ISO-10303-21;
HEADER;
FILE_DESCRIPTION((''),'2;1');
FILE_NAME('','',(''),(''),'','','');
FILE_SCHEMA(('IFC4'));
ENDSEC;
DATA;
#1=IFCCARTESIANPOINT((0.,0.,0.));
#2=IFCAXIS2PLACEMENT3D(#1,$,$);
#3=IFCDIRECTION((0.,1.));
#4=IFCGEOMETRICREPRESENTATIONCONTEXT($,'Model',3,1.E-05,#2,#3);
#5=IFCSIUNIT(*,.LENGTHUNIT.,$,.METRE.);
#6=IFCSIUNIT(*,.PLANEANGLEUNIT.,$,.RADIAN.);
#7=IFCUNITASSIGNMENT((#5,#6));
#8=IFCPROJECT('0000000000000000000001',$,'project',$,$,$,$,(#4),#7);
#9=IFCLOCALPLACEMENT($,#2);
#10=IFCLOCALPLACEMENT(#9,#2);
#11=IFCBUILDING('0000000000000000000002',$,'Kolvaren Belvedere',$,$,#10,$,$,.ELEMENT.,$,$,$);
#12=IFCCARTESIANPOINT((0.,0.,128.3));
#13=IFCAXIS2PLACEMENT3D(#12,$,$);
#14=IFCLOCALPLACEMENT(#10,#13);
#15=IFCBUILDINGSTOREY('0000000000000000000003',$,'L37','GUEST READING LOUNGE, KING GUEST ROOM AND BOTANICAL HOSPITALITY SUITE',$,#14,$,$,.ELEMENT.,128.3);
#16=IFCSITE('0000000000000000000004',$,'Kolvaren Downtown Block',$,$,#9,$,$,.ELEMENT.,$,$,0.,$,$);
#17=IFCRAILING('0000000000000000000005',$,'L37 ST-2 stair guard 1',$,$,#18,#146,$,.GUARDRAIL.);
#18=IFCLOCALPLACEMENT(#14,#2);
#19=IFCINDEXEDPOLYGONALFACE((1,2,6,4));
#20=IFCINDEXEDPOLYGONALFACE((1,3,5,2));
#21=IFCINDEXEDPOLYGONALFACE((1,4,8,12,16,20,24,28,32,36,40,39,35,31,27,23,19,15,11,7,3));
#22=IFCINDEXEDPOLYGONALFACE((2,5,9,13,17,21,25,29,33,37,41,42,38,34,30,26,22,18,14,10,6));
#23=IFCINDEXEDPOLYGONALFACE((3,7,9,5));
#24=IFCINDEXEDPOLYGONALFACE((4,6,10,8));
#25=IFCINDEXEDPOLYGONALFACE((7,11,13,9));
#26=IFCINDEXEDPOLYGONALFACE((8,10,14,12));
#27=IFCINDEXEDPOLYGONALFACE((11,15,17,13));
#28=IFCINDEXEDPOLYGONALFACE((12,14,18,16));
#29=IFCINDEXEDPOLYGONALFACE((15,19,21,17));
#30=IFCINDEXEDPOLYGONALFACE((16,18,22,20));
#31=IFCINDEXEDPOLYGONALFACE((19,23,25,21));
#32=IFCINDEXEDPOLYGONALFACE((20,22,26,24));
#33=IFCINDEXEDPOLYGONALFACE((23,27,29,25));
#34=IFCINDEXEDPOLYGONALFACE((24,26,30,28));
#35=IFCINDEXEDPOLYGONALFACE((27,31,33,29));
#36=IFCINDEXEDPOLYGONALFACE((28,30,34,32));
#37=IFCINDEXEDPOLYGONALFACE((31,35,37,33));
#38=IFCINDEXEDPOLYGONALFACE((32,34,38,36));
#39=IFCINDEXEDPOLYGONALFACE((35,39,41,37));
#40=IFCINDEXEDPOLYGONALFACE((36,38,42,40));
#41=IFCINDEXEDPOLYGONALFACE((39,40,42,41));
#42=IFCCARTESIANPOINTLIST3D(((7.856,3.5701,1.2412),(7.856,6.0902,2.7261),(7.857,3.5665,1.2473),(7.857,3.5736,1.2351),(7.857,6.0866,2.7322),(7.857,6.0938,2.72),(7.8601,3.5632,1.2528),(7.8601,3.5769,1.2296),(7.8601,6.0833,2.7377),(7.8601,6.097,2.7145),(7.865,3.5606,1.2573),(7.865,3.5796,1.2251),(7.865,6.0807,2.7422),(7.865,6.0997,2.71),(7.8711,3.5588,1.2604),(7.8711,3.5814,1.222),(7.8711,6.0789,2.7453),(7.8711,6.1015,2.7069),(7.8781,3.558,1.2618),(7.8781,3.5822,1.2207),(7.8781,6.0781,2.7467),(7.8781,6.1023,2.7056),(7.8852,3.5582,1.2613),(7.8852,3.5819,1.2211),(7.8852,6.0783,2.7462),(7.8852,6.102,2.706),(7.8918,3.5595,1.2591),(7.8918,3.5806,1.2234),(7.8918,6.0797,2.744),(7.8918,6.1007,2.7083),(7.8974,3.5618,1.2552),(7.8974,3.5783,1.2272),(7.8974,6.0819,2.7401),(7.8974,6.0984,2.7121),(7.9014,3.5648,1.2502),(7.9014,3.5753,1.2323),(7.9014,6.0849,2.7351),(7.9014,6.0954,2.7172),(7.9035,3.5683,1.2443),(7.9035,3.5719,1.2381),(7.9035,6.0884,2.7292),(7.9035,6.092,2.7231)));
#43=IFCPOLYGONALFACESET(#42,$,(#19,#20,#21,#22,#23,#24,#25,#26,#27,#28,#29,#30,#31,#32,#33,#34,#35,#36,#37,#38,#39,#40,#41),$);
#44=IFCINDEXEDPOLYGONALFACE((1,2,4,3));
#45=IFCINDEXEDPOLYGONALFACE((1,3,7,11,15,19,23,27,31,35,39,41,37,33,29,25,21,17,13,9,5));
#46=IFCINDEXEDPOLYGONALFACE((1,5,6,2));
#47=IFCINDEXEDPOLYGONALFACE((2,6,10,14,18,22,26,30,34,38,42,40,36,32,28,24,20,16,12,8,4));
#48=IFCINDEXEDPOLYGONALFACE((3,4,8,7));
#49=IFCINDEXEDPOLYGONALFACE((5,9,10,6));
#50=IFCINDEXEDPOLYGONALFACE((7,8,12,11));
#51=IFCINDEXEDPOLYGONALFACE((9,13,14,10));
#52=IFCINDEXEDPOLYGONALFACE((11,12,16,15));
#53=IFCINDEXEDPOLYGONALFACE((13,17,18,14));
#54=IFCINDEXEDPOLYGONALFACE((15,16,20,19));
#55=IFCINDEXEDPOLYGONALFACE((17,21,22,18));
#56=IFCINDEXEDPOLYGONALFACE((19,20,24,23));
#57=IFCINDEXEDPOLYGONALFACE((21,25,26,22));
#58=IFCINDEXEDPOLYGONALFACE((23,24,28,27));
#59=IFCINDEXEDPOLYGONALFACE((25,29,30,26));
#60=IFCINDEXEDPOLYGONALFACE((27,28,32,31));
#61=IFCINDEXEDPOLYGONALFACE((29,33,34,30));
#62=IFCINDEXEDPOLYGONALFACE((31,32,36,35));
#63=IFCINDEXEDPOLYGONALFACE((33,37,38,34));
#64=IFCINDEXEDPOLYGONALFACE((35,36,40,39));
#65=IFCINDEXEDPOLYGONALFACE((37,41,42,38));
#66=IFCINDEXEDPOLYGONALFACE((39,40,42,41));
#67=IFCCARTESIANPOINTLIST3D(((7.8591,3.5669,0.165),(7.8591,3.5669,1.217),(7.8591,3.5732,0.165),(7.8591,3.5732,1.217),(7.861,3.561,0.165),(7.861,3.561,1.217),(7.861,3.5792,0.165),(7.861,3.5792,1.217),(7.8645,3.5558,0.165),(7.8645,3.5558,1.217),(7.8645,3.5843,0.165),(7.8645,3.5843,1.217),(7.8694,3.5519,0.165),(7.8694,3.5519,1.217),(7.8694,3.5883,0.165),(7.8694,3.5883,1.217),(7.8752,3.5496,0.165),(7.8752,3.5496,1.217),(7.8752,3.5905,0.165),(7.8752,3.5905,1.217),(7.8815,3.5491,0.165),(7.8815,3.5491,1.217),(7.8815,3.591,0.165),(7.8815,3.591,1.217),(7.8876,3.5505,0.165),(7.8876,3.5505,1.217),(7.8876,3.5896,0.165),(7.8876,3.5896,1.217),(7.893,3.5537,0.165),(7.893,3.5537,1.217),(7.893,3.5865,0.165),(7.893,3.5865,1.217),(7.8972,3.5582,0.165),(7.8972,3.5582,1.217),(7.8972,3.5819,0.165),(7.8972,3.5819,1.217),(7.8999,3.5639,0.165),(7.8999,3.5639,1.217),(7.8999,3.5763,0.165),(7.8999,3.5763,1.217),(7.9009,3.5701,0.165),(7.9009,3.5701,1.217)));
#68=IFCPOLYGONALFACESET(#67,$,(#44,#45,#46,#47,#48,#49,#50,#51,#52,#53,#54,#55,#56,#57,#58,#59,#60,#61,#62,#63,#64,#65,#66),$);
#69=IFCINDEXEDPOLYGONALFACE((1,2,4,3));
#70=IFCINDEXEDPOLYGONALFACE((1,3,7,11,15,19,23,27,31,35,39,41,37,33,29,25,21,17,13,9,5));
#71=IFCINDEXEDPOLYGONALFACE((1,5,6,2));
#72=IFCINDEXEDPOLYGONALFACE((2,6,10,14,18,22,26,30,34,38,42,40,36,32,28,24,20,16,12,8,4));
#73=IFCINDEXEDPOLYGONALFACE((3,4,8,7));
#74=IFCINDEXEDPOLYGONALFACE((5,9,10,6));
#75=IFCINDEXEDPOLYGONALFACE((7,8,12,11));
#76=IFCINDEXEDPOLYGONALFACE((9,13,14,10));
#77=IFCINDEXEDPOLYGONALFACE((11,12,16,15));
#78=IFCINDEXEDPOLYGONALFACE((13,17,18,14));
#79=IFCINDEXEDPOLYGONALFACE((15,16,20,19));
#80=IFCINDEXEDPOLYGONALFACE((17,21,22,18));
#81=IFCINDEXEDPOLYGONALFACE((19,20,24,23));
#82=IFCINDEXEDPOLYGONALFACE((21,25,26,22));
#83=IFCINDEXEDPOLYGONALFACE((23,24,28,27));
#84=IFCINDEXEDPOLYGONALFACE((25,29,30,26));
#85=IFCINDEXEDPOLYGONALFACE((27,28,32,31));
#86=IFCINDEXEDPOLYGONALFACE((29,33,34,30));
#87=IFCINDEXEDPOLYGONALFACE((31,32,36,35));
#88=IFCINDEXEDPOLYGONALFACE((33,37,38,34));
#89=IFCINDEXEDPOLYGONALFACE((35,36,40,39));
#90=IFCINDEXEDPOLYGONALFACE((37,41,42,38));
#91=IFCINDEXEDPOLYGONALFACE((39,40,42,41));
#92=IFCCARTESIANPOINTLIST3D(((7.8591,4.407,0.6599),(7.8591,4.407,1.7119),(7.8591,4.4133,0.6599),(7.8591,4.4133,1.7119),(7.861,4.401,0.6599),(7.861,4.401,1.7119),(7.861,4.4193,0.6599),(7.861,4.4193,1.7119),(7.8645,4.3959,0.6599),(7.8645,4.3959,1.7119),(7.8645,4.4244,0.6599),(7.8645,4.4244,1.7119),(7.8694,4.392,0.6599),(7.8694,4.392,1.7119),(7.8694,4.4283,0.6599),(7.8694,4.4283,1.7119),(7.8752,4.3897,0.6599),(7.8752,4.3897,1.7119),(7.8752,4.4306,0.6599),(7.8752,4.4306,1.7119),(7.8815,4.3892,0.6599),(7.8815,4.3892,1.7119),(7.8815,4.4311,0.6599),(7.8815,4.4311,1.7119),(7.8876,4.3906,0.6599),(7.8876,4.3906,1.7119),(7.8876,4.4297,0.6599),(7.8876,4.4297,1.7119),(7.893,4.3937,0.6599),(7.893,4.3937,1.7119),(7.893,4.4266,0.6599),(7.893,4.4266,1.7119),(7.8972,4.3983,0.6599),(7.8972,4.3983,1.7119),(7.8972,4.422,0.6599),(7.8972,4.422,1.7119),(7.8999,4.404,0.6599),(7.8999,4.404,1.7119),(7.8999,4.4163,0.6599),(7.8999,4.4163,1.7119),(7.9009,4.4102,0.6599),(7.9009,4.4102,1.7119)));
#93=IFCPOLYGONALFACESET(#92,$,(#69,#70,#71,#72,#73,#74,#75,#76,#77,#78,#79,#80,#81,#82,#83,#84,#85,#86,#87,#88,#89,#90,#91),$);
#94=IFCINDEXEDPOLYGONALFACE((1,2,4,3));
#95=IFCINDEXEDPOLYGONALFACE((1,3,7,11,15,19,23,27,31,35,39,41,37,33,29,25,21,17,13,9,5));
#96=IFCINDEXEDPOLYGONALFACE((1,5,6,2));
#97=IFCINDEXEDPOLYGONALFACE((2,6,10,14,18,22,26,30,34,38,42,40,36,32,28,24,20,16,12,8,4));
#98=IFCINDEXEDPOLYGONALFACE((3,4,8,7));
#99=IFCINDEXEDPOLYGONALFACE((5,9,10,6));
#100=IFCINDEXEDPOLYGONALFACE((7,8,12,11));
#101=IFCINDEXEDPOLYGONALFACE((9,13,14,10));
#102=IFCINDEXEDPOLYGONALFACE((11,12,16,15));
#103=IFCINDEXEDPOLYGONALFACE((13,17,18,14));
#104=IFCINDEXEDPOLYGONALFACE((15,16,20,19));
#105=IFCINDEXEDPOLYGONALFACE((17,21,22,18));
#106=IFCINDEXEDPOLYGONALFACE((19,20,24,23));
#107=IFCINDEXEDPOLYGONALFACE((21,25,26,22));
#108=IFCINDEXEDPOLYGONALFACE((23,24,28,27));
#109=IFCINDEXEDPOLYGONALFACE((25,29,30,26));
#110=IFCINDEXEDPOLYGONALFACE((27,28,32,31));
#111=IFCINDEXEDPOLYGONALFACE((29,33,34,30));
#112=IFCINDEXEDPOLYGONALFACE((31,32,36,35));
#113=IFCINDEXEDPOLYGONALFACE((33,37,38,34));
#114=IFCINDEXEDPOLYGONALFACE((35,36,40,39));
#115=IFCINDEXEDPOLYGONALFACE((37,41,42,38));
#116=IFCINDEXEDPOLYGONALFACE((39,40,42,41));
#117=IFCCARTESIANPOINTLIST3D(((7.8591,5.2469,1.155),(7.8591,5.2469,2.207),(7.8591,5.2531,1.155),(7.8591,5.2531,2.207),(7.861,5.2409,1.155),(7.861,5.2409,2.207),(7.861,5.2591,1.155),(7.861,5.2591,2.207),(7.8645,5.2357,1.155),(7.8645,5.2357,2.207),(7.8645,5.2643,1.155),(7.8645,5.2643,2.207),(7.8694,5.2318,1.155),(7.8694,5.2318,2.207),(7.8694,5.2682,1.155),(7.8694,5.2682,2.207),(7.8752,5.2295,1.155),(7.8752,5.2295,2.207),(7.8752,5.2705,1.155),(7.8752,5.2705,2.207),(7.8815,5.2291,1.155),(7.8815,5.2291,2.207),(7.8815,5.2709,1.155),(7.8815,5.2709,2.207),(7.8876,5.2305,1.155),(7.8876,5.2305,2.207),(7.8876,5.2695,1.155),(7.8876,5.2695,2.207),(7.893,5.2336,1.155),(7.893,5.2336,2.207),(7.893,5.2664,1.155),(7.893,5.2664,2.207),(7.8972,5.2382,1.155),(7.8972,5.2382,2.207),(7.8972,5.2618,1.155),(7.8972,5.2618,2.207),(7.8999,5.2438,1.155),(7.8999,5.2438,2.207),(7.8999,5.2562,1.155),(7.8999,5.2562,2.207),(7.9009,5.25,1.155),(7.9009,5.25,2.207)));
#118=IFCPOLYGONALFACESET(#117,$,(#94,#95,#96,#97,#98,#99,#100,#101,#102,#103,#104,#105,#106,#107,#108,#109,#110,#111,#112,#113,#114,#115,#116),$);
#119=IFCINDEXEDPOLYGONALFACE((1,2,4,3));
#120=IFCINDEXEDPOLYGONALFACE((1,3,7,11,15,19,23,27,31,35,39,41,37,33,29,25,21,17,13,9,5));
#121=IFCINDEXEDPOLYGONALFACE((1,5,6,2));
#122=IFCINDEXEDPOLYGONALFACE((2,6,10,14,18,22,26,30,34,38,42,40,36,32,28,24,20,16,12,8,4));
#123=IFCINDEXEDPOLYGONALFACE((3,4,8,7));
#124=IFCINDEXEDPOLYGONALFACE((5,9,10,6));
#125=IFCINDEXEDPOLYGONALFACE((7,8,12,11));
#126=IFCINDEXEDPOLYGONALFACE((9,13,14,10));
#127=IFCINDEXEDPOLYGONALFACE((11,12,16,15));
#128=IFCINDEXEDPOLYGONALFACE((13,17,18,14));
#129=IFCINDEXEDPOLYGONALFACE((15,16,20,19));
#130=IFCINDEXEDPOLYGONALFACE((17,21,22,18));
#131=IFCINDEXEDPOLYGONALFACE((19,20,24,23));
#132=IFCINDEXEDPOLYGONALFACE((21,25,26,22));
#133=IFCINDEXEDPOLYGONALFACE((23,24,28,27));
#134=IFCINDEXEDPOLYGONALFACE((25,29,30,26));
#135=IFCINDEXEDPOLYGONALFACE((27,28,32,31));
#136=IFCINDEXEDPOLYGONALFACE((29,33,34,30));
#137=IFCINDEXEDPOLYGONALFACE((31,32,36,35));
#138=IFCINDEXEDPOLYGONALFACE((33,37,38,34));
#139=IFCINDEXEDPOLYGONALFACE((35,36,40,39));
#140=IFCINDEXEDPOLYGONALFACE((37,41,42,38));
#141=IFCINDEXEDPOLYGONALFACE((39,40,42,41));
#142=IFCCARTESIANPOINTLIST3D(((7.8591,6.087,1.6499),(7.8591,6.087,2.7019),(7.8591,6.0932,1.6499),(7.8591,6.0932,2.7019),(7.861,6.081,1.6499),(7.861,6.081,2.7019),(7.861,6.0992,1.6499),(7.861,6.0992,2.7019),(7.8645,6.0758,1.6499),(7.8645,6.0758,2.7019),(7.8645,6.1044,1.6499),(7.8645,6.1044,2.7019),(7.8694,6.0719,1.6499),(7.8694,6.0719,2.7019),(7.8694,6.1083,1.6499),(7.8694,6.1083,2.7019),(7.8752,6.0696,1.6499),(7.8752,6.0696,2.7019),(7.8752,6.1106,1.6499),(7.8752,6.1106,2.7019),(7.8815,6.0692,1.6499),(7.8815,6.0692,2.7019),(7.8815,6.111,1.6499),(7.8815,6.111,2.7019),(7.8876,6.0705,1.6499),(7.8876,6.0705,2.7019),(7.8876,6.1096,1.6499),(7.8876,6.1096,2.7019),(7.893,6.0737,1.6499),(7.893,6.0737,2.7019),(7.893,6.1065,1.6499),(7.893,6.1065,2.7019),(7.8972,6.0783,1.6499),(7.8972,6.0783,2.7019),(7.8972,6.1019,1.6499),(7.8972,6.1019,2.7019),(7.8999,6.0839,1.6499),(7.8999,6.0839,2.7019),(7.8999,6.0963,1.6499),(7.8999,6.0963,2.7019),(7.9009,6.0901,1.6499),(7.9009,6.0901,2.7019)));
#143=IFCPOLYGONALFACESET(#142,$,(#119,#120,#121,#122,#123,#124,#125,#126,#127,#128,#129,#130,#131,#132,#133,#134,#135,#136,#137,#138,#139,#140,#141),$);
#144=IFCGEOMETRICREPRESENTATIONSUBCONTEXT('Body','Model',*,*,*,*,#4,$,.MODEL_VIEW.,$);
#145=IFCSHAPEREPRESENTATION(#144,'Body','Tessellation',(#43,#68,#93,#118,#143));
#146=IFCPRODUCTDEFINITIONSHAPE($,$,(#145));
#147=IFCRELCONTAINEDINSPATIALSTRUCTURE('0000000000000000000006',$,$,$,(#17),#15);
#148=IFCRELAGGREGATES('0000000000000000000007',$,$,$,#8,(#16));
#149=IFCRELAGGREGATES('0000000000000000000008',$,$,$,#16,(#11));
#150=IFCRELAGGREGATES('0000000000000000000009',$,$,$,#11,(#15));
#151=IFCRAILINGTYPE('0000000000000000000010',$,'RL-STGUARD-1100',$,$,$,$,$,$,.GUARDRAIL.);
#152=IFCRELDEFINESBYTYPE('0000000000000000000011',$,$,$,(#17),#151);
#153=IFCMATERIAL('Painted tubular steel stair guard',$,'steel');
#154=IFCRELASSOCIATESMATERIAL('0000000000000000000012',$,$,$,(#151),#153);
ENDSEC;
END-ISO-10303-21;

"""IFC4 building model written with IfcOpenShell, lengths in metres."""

from ifc_helpers import new_model, si_unit, direction, frame, origin, origin_2d, place, context, subcontext, project, spatial, circle, extrude, material, type_object, element, save


model = new_model("IFC4")

# Units and contexts
model_context = context("Model", 3, precision=1e-05, world=origin(), true_north=direction((0.0, 1.0)))
body_context = subcontext(model_context, "Body", "Model", "MODEL_VIEW")
ifc_project = project(units=[si_unit("LENGTHUNIT", "METRE"), si_unit("PLANEANGLEUNIT", "RADIAN")], contexts=[model_context])

# Site, building, storey
site_placement = place(None, origin())
site = spatial("IfcSite", under=ifc_project, at=site_placement, Name="Kolvaren Downtown Block", CompositionType="ELEMENT", RefElevation=0.0)
building_placement = place(site_placement, origin())
building = spatial("IfcBuilding", under=site, at=building_placement, Name="Kolvaren Belvedere", CompositionType="ELEMENT")
storey_placement = place(building_placement, frame((0.0, 0.0, 128.3)))
storey = spatial("IfcBuildingStorey", under=building, at=storey_placement, Name="L37", Description="GUEST READING LOUNGE, KING GUEST ROOM AND BOTANICAL HOSPITALITY SUITE", CompositionType="ELEMENT", Elevation=128.3)

# Railing
ifc_material_1 = material(Name="Painted tubular steel stair guard", Category="steel")
railing_type_1 = type_object("IfcRailingType", Name="RL-STGUARD-1100", PredefinedType="GUARDRAIL", material=ifc_material_1)
railing_1_placement = place(storey_placement, frame((7.8799, 3.5701, 0.165)))
element("IfcRailing", 1, at=railing_1_placement, inside=storey, type_object=railing_type_1, Name="L37 ST-2 stair guard 1", PredefinedType="GUARDRAIL", context=body_context, shape_type="SweptSolid", body=[
    extrude(circle(Radius=0.0239, at=origin_2d()), frame((0.0, 0.0, 1.0762), z_axis=(0.0, 0.861561, 0.507655), x_axis=(-1.0, 0.0, 0.0)), (0.0, 0.0, 1.0), 2.925),
    extrude(circle(Radius=0.021, at=origin_2d()), origin(), (0.0, 0.0, 1.0), 1.052),
    extrude(circle(Radius=0.021, at=origin_2d()), frame((0.0, 0.8401, 0.4949)), (0.0, 0.0, 1.0), 1.052),
    extrude(circle(Radius=0.021, at=origin_2d()), frame((0.0, 1.6799, 0.99)), (0.0, 0.0, 1.0), 1.052),
    extrude(circle(Radius=0.021, at=origin_2d()), frame((0.0, 2.52, 1.4849)), (0.0, 0.0, 1.0), 1.052),
])

save(model, "model.ifc")
